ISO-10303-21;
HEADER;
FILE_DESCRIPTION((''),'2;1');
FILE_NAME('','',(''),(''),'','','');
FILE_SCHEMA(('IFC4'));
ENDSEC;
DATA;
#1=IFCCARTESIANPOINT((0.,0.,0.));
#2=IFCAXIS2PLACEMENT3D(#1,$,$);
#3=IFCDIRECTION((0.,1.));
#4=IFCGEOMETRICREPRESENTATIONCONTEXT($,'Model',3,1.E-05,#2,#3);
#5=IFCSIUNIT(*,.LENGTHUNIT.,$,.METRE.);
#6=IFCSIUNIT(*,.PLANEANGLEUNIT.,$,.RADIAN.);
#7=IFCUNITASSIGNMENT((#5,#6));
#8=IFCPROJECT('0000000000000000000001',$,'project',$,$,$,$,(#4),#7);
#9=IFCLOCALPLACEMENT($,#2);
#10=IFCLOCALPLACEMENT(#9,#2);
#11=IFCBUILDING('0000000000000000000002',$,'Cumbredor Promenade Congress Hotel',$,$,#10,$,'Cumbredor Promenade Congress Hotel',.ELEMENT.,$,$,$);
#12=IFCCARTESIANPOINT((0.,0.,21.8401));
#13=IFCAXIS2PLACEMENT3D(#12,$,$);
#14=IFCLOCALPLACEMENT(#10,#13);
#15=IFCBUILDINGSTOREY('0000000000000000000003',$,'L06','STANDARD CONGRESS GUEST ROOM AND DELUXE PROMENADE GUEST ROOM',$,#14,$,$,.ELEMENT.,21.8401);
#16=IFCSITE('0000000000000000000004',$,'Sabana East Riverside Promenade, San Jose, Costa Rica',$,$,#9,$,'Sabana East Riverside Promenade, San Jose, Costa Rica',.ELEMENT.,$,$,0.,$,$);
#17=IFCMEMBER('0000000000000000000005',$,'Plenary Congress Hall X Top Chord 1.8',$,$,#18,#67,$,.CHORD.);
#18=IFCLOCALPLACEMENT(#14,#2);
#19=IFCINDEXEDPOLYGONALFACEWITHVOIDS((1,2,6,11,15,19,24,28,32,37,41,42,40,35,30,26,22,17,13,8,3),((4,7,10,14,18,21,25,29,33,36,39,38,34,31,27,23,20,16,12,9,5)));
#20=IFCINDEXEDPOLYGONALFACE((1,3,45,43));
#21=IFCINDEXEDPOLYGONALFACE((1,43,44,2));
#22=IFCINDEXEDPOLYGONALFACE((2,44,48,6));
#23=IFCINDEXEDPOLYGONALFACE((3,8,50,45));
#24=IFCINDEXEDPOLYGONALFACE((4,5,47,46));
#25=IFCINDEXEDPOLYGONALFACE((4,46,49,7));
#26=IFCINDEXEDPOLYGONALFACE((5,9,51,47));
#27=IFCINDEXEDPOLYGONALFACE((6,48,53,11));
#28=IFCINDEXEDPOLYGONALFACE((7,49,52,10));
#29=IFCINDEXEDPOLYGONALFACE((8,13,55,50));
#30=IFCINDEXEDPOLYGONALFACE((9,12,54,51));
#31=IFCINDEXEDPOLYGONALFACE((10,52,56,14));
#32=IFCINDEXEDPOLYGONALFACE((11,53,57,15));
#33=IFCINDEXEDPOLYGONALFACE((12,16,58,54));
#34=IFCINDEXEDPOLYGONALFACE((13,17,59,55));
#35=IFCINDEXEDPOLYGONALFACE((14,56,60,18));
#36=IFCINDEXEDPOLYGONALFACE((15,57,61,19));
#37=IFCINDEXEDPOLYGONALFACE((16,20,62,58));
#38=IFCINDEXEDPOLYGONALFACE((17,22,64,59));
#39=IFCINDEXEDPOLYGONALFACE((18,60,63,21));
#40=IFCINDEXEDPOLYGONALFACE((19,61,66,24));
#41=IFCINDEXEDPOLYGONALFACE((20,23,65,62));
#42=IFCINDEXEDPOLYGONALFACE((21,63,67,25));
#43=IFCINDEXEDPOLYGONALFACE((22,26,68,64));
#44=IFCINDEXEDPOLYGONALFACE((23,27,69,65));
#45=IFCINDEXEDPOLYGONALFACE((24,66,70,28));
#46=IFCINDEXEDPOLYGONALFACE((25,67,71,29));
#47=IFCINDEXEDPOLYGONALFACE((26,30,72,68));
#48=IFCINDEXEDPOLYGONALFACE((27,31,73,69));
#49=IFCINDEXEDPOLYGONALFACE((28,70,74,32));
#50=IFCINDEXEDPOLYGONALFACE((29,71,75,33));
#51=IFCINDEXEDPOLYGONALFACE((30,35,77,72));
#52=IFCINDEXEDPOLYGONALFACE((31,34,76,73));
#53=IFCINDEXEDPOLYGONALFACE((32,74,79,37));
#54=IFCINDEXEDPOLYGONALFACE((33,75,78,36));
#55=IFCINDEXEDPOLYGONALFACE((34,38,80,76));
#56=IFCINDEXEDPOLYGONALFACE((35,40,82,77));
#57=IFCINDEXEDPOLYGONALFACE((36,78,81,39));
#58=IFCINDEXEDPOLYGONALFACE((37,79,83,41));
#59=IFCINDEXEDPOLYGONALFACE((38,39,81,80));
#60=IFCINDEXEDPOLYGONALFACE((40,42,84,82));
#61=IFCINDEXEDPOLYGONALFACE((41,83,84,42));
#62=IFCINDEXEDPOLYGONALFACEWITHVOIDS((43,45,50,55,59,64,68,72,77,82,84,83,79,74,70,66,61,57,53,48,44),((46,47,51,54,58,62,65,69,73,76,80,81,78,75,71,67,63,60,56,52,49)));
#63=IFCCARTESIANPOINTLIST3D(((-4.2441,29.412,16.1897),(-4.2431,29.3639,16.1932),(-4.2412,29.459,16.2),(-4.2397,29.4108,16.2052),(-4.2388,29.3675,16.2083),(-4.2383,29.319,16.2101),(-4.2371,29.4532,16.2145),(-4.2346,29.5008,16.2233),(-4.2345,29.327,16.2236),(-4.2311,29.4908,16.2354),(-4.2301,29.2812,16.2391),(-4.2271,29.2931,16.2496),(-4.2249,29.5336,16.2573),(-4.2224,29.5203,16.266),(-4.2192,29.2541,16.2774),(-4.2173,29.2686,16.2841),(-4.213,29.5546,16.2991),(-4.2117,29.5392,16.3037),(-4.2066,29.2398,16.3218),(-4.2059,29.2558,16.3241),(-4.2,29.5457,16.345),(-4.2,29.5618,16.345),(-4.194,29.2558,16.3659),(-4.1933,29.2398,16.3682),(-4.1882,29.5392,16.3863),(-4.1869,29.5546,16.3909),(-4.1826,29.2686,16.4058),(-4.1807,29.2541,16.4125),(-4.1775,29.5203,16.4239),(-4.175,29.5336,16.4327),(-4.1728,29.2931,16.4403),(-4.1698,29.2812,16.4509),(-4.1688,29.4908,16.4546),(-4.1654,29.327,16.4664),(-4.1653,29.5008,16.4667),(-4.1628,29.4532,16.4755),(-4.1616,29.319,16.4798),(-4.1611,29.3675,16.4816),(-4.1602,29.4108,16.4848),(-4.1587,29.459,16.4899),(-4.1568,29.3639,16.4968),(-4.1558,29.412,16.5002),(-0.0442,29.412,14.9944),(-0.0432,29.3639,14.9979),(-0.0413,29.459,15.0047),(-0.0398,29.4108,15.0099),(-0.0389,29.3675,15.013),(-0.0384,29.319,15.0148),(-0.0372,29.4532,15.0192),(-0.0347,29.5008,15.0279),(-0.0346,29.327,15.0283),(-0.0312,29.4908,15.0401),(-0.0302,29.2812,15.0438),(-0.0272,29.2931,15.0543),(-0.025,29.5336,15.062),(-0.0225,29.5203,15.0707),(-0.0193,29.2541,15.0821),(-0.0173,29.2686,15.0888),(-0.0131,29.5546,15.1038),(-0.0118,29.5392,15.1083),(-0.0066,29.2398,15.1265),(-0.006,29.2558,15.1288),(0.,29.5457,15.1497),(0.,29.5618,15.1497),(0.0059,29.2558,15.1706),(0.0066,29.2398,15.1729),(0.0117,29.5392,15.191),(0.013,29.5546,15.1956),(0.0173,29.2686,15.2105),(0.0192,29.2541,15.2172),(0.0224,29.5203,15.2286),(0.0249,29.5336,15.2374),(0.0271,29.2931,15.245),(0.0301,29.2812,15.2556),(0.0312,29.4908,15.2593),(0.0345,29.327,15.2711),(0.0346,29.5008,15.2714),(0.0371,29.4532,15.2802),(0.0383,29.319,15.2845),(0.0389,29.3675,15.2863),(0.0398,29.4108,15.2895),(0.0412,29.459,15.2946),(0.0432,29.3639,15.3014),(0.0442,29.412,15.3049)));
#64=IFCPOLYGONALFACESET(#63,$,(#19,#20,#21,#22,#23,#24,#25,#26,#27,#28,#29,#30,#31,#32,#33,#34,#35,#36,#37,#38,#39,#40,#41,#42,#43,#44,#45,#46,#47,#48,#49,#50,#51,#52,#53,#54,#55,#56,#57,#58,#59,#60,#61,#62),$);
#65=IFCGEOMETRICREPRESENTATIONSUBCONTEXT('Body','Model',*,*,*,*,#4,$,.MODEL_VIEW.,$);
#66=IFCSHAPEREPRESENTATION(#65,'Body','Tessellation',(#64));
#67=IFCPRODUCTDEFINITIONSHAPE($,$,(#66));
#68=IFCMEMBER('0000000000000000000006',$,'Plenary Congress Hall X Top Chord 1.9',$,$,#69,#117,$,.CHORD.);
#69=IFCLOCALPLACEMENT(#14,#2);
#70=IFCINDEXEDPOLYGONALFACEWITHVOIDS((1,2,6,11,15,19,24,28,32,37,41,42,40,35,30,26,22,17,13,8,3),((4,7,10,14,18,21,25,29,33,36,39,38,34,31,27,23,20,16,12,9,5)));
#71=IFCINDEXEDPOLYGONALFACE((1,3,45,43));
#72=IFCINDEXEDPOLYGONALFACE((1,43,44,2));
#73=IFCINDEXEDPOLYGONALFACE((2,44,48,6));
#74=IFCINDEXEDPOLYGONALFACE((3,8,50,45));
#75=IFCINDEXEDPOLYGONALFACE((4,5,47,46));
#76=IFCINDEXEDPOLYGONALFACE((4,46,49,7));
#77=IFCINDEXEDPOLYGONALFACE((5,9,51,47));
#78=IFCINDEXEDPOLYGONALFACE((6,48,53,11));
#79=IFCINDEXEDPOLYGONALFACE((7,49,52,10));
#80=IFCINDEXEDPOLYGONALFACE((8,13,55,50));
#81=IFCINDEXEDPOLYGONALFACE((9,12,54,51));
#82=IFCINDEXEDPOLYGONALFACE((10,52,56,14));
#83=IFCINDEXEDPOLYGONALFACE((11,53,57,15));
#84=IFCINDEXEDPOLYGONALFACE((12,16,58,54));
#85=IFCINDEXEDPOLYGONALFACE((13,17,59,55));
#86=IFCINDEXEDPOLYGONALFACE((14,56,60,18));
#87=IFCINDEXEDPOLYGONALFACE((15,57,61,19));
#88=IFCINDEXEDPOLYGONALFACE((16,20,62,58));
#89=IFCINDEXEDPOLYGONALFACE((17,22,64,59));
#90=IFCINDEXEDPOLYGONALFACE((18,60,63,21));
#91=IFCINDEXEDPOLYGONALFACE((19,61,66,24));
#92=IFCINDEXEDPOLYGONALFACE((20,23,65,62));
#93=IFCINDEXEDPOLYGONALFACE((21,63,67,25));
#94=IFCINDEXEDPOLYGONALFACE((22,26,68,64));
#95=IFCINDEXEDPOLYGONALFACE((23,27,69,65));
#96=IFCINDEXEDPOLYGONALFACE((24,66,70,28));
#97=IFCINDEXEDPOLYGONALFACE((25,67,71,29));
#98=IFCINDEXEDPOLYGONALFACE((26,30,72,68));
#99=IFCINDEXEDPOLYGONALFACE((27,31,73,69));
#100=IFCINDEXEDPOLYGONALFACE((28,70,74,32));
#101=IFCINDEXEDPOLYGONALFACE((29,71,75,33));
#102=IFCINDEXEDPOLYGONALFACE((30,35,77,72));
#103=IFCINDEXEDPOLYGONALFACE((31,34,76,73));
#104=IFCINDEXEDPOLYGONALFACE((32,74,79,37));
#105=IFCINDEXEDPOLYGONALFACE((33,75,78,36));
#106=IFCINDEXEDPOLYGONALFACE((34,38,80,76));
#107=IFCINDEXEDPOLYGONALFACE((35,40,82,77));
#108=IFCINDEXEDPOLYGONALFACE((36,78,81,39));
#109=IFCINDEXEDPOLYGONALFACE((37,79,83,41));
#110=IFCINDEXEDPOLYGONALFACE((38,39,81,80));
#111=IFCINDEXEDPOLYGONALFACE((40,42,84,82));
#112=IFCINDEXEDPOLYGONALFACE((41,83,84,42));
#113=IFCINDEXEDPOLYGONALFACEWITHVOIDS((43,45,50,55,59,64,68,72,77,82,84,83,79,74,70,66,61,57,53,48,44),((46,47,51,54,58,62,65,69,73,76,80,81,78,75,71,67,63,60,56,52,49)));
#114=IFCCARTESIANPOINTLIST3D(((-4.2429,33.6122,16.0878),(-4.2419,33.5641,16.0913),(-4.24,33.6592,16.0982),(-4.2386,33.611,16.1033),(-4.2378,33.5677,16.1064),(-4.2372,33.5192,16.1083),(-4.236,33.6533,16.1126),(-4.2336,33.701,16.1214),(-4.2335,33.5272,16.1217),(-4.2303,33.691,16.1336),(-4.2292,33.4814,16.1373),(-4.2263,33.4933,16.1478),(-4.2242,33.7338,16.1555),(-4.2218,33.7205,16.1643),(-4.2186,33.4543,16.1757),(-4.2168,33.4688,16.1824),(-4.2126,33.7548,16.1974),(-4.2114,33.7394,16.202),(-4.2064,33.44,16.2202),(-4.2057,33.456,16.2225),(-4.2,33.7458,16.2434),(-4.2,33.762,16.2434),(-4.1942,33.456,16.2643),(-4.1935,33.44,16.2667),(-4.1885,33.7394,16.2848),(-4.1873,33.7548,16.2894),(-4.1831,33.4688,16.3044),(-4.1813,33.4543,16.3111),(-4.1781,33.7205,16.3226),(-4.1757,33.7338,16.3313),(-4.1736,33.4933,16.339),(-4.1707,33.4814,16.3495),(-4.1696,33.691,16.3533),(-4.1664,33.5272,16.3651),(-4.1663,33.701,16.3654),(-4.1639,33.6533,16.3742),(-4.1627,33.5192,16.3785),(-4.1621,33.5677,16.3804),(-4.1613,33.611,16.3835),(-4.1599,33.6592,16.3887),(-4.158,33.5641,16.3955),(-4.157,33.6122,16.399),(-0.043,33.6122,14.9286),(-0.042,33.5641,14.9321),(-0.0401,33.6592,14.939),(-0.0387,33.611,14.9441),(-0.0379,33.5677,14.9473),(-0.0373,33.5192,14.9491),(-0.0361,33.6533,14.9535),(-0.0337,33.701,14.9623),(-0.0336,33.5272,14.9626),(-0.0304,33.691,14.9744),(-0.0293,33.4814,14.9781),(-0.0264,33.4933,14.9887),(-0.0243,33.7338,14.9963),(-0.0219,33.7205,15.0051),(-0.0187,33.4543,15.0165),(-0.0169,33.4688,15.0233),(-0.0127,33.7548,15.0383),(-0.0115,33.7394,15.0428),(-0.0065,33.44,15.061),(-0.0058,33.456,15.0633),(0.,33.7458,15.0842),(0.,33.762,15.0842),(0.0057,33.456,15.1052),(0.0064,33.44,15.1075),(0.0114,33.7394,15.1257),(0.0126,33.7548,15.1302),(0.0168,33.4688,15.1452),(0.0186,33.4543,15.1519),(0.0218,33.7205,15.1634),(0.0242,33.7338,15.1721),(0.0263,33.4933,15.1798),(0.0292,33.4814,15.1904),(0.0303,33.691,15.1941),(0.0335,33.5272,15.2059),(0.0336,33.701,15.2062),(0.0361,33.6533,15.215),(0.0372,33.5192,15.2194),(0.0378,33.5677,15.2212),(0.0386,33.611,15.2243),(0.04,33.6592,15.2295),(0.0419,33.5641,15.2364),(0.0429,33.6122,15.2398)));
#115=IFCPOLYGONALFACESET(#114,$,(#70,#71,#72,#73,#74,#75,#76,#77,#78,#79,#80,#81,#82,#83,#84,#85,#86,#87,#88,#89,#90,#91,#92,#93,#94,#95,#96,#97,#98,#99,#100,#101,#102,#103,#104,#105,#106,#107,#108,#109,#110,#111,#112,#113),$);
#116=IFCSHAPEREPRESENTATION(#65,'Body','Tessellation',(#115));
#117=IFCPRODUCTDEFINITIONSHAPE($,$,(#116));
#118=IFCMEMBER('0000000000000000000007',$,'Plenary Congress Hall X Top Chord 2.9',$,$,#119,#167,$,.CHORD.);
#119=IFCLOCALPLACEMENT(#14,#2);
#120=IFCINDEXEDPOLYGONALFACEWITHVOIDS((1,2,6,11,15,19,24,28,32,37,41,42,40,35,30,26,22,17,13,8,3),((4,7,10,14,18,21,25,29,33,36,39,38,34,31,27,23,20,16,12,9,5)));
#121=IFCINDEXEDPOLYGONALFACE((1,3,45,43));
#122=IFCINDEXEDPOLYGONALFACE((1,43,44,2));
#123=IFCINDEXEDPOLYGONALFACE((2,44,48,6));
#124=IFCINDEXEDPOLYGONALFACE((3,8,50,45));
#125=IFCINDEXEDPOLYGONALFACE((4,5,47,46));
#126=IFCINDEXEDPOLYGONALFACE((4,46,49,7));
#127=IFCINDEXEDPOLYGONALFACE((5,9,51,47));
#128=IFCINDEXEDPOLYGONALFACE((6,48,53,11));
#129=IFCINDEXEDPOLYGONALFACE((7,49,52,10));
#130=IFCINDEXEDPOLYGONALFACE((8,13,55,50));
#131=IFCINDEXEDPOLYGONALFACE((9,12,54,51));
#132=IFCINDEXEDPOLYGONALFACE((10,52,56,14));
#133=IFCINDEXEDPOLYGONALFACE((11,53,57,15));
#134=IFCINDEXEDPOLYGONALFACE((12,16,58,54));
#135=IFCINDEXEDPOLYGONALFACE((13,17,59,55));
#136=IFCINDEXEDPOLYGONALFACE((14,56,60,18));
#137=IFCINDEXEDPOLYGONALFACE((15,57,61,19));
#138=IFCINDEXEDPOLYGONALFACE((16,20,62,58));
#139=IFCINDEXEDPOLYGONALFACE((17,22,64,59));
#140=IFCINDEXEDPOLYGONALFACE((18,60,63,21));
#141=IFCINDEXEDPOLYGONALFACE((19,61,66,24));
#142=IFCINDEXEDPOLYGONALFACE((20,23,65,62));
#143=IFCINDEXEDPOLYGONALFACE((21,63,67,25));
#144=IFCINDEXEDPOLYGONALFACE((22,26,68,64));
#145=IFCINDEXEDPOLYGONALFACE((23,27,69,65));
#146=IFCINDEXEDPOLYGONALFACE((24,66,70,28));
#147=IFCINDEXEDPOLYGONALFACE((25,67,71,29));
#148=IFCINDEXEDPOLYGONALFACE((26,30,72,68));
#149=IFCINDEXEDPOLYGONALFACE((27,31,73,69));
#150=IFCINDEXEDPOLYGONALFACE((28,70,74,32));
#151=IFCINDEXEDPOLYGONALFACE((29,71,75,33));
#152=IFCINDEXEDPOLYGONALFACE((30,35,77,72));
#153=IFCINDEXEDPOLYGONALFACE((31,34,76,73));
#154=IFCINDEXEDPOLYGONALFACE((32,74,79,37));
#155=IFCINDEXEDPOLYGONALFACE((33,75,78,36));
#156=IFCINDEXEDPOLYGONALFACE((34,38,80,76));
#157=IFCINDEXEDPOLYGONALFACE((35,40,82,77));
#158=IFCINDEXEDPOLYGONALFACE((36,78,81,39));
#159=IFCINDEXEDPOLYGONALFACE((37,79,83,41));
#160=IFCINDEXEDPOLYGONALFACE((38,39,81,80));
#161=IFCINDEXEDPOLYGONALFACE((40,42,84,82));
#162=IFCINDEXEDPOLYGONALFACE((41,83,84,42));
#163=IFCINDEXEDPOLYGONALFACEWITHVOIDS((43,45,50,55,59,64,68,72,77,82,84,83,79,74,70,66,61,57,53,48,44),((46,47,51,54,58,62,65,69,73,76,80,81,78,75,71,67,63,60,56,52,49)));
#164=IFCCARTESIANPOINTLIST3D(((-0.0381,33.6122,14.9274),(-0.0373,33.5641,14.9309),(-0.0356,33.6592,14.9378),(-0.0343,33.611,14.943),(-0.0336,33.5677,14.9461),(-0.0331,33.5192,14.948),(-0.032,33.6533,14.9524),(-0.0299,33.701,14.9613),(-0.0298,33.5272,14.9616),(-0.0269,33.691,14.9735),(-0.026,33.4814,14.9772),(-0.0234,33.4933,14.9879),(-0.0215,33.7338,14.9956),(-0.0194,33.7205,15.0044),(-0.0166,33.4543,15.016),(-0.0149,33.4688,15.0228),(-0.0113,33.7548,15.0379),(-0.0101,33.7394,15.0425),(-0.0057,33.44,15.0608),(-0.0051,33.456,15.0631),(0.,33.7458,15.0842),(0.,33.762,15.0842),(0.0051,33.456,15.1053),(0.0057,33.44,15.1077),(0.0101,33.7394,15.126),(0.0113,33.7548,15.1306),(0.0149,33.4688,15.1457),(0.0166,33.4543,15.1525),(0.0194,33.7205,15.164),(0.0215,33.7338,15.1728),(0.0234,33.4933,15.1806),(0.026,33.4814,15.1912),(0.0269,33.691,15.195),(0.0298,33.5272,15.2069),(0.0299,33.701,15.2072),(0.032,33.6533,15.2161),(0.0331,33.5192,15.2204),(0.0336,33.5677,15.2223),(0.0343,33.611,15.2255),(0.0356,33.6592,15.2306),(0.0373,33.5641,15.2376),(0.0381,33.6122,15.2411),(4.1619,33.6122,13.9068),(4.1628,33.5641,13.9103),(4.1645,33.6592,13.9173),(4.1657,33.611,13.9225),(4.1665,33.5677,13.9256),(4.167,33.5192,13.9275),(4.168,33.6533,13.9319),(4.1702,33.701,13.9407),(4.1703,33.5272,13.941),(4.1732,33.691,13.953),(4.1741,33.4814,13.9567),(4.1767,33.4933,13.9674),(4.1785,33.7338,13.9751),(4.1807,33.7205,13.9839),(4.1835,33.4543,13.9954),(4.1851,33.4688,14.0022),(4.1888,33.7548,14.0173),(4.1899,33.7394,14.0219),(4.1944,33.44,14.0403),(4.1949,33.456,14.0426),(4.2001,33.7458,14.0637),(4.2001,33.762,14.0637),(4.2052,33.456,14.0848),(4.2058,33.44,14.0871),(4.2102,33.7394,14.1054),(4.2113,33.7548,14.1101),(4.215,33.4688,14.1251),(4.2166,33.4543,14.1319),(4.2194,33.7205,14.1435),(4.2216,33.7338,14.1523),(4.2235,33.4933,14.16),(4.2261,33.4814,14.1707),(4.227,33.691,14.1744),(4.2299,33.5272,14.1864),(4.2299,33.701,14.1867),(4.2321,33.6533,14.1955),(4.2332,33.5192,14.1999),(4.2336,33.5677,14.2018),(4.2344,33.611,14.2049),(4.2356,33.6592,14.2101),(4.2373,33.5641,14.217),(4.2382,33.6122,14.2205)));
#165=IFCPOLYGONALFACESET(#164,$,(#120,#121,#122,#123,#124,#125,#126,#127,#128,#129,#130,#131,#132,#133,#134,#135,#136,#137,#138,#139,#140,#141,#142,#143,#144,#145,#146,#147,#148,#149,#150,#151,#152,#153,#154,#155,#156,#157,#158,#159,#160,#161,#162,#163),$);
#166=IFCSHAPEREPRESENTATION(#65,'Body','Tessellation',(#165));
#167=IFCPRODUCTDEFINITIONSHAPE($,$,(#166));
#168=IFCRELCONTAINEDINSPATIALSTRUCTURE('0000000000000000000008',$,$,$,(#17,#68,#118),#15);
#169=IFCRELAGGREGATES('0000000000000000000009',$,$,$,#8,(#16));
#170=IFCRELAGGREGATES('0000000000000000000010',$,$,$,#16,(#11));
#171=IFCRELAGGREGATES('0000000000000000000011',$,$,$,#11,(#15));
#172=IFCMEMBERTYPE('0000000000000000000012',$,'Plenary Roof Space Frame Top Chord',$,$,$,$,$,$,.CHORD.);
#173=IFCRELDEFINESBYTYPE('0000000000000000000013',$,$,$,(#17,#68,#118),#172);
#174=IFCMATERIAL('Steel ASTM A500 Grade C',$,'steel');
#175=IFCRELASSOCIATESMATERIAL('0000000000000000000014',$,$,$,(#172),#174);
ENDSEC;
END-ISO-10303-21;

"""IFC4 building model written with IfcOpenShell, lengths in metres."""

from ifc_helpers import new_model, si_unit, direction, frame, origin, origin_2d, place, context, subcontext, project, spatial, hollow_circle, extrude, material, material_profile, profile_set, type_object, element, save


model = new_model("IFC4")

# Units and contexts
model_context = context("Model", 3, precision=1e-05, world=origin(), true_north=direction((0.0, 1.0)))
body_context = subcontext(model_context, "Body", "Model", "MODEL_VIEW")
ifc_project = project(units=[si_unit("LENGTHUNIT", "METRE"), si_unit("PLANEANGLEUNIT", "RADIAN")], contexts=[model_context])

# Site, building, storey
site_placement = place(None, origin())
site = spatial("IfcSite", under=ifc_project, at=site_placement, Name="Sabana East Riverside Promenade, San Jose, Costa Rica", LongName="Sabana East Riverside Promenade, San Jose, Costa Rica", CompositionType="ELEMENT", RefElevation=0.0)
building_placement = place(site_placement, origin())
building = spatial("IfcBuilding", under=site, at=building_placement, Name="Cumbredor Promenade Congress Hotel", LongName="Cumbredor Promenade Congress Hotel", CompositionType="ELEMENT")
storey_placement = place(building_placement, frame((0.0, 0.0, 21.8401)))
storey = spatial("IfcBuildingStorey", under=building, at=storey_placement, Name="L06", Description="STANDARD CONGRESS GUEST ROOM AND DELUXE PROMENADE GUEST ROOM", CompositionType="ELEMENT", Elevation=21.8401)

# Members
ifc_material_1 = material(Name="Steel ASTM A500 Grade C", Category="steel")
ifc_material_profile_1 = material_profile(ifc_material_1, hollow_circle(Radius=0.1619, WallThickness=0.0161, at=origin_2d()), Name="CHS 323.9x16")
ifc_profile_set_1 = profile_set([ifc_material_profile_1], Name="Steel ASTM A500 Grade C")
member_type_1 = type_object("IfcMemberType", Name="Plenary Roof Space Frame Top Chord", PredefinedType="CHORD", material=ifc_profile_set_1)
member_1_placement = place(storey_placement, frame((-4.2, 29.3999, 16.345), z_axis=(0.961806, 0.0, -0.273731), x_axis=(0.0, 1.0, 0.0)))
element("IfcMember", 1, at=member_1_placement, inside=storey, type_object=member_type_1, Name="Plenary Congress Hall X Top Chord 1.8", PredefinedType="CHORD", context=body_context, shape_type="SweptSolid", body=[
    extrude(hollow_circle(Radius=0.1619, WallThickness=0.0161, at=origin_2d()), origin(), (0.0, 0.0, 1.0), 4.3667),
])
member_2_placement = place(storey_placement, frame((-4.2, 33.6001, 16.2434), z_axis=(0.963959, 0.0, -0.266051), x_axis=(0.0, 1.0, 0.0)))
element("IfcMember", 2, at=member_2_placement, inside=storey, type_object=member_type_1, Name="Plenary Congress Hall X Top Chord 1.9", PredefinedType="CHORD", context=body_context, shape_type="SweptSolid", body=[
    extrude(hollow_circle(Radius=0.1619, WallThickness=0.0161, at=origin_2d()), origin(), (0.0, 0.0, 1.0), 4.3569),
])
member_3_placement = place(storey_placement, frame((0.0, 33.6001, 15.0842), z_axis=(0.971726, 0.0, -0.236111), x_axis=(0.0, 1.0, 0.0)))
element("IfcMember", 3, at=member_3_placement, inside=storey, type_object=member_type_1, Name="Plenary Congress Hall X Top Chord 2.9", PredefinedType="CHORD", context=body_context, shape_type="SweptSolid", body=[
    extrude(hollow_circle(Radius=0.1619, WallThickness=0.0161, at=origin_2d()), origin(), (0.0, 0.0, 1.0), 4.3223),
])

save(model, "model.ifc")
